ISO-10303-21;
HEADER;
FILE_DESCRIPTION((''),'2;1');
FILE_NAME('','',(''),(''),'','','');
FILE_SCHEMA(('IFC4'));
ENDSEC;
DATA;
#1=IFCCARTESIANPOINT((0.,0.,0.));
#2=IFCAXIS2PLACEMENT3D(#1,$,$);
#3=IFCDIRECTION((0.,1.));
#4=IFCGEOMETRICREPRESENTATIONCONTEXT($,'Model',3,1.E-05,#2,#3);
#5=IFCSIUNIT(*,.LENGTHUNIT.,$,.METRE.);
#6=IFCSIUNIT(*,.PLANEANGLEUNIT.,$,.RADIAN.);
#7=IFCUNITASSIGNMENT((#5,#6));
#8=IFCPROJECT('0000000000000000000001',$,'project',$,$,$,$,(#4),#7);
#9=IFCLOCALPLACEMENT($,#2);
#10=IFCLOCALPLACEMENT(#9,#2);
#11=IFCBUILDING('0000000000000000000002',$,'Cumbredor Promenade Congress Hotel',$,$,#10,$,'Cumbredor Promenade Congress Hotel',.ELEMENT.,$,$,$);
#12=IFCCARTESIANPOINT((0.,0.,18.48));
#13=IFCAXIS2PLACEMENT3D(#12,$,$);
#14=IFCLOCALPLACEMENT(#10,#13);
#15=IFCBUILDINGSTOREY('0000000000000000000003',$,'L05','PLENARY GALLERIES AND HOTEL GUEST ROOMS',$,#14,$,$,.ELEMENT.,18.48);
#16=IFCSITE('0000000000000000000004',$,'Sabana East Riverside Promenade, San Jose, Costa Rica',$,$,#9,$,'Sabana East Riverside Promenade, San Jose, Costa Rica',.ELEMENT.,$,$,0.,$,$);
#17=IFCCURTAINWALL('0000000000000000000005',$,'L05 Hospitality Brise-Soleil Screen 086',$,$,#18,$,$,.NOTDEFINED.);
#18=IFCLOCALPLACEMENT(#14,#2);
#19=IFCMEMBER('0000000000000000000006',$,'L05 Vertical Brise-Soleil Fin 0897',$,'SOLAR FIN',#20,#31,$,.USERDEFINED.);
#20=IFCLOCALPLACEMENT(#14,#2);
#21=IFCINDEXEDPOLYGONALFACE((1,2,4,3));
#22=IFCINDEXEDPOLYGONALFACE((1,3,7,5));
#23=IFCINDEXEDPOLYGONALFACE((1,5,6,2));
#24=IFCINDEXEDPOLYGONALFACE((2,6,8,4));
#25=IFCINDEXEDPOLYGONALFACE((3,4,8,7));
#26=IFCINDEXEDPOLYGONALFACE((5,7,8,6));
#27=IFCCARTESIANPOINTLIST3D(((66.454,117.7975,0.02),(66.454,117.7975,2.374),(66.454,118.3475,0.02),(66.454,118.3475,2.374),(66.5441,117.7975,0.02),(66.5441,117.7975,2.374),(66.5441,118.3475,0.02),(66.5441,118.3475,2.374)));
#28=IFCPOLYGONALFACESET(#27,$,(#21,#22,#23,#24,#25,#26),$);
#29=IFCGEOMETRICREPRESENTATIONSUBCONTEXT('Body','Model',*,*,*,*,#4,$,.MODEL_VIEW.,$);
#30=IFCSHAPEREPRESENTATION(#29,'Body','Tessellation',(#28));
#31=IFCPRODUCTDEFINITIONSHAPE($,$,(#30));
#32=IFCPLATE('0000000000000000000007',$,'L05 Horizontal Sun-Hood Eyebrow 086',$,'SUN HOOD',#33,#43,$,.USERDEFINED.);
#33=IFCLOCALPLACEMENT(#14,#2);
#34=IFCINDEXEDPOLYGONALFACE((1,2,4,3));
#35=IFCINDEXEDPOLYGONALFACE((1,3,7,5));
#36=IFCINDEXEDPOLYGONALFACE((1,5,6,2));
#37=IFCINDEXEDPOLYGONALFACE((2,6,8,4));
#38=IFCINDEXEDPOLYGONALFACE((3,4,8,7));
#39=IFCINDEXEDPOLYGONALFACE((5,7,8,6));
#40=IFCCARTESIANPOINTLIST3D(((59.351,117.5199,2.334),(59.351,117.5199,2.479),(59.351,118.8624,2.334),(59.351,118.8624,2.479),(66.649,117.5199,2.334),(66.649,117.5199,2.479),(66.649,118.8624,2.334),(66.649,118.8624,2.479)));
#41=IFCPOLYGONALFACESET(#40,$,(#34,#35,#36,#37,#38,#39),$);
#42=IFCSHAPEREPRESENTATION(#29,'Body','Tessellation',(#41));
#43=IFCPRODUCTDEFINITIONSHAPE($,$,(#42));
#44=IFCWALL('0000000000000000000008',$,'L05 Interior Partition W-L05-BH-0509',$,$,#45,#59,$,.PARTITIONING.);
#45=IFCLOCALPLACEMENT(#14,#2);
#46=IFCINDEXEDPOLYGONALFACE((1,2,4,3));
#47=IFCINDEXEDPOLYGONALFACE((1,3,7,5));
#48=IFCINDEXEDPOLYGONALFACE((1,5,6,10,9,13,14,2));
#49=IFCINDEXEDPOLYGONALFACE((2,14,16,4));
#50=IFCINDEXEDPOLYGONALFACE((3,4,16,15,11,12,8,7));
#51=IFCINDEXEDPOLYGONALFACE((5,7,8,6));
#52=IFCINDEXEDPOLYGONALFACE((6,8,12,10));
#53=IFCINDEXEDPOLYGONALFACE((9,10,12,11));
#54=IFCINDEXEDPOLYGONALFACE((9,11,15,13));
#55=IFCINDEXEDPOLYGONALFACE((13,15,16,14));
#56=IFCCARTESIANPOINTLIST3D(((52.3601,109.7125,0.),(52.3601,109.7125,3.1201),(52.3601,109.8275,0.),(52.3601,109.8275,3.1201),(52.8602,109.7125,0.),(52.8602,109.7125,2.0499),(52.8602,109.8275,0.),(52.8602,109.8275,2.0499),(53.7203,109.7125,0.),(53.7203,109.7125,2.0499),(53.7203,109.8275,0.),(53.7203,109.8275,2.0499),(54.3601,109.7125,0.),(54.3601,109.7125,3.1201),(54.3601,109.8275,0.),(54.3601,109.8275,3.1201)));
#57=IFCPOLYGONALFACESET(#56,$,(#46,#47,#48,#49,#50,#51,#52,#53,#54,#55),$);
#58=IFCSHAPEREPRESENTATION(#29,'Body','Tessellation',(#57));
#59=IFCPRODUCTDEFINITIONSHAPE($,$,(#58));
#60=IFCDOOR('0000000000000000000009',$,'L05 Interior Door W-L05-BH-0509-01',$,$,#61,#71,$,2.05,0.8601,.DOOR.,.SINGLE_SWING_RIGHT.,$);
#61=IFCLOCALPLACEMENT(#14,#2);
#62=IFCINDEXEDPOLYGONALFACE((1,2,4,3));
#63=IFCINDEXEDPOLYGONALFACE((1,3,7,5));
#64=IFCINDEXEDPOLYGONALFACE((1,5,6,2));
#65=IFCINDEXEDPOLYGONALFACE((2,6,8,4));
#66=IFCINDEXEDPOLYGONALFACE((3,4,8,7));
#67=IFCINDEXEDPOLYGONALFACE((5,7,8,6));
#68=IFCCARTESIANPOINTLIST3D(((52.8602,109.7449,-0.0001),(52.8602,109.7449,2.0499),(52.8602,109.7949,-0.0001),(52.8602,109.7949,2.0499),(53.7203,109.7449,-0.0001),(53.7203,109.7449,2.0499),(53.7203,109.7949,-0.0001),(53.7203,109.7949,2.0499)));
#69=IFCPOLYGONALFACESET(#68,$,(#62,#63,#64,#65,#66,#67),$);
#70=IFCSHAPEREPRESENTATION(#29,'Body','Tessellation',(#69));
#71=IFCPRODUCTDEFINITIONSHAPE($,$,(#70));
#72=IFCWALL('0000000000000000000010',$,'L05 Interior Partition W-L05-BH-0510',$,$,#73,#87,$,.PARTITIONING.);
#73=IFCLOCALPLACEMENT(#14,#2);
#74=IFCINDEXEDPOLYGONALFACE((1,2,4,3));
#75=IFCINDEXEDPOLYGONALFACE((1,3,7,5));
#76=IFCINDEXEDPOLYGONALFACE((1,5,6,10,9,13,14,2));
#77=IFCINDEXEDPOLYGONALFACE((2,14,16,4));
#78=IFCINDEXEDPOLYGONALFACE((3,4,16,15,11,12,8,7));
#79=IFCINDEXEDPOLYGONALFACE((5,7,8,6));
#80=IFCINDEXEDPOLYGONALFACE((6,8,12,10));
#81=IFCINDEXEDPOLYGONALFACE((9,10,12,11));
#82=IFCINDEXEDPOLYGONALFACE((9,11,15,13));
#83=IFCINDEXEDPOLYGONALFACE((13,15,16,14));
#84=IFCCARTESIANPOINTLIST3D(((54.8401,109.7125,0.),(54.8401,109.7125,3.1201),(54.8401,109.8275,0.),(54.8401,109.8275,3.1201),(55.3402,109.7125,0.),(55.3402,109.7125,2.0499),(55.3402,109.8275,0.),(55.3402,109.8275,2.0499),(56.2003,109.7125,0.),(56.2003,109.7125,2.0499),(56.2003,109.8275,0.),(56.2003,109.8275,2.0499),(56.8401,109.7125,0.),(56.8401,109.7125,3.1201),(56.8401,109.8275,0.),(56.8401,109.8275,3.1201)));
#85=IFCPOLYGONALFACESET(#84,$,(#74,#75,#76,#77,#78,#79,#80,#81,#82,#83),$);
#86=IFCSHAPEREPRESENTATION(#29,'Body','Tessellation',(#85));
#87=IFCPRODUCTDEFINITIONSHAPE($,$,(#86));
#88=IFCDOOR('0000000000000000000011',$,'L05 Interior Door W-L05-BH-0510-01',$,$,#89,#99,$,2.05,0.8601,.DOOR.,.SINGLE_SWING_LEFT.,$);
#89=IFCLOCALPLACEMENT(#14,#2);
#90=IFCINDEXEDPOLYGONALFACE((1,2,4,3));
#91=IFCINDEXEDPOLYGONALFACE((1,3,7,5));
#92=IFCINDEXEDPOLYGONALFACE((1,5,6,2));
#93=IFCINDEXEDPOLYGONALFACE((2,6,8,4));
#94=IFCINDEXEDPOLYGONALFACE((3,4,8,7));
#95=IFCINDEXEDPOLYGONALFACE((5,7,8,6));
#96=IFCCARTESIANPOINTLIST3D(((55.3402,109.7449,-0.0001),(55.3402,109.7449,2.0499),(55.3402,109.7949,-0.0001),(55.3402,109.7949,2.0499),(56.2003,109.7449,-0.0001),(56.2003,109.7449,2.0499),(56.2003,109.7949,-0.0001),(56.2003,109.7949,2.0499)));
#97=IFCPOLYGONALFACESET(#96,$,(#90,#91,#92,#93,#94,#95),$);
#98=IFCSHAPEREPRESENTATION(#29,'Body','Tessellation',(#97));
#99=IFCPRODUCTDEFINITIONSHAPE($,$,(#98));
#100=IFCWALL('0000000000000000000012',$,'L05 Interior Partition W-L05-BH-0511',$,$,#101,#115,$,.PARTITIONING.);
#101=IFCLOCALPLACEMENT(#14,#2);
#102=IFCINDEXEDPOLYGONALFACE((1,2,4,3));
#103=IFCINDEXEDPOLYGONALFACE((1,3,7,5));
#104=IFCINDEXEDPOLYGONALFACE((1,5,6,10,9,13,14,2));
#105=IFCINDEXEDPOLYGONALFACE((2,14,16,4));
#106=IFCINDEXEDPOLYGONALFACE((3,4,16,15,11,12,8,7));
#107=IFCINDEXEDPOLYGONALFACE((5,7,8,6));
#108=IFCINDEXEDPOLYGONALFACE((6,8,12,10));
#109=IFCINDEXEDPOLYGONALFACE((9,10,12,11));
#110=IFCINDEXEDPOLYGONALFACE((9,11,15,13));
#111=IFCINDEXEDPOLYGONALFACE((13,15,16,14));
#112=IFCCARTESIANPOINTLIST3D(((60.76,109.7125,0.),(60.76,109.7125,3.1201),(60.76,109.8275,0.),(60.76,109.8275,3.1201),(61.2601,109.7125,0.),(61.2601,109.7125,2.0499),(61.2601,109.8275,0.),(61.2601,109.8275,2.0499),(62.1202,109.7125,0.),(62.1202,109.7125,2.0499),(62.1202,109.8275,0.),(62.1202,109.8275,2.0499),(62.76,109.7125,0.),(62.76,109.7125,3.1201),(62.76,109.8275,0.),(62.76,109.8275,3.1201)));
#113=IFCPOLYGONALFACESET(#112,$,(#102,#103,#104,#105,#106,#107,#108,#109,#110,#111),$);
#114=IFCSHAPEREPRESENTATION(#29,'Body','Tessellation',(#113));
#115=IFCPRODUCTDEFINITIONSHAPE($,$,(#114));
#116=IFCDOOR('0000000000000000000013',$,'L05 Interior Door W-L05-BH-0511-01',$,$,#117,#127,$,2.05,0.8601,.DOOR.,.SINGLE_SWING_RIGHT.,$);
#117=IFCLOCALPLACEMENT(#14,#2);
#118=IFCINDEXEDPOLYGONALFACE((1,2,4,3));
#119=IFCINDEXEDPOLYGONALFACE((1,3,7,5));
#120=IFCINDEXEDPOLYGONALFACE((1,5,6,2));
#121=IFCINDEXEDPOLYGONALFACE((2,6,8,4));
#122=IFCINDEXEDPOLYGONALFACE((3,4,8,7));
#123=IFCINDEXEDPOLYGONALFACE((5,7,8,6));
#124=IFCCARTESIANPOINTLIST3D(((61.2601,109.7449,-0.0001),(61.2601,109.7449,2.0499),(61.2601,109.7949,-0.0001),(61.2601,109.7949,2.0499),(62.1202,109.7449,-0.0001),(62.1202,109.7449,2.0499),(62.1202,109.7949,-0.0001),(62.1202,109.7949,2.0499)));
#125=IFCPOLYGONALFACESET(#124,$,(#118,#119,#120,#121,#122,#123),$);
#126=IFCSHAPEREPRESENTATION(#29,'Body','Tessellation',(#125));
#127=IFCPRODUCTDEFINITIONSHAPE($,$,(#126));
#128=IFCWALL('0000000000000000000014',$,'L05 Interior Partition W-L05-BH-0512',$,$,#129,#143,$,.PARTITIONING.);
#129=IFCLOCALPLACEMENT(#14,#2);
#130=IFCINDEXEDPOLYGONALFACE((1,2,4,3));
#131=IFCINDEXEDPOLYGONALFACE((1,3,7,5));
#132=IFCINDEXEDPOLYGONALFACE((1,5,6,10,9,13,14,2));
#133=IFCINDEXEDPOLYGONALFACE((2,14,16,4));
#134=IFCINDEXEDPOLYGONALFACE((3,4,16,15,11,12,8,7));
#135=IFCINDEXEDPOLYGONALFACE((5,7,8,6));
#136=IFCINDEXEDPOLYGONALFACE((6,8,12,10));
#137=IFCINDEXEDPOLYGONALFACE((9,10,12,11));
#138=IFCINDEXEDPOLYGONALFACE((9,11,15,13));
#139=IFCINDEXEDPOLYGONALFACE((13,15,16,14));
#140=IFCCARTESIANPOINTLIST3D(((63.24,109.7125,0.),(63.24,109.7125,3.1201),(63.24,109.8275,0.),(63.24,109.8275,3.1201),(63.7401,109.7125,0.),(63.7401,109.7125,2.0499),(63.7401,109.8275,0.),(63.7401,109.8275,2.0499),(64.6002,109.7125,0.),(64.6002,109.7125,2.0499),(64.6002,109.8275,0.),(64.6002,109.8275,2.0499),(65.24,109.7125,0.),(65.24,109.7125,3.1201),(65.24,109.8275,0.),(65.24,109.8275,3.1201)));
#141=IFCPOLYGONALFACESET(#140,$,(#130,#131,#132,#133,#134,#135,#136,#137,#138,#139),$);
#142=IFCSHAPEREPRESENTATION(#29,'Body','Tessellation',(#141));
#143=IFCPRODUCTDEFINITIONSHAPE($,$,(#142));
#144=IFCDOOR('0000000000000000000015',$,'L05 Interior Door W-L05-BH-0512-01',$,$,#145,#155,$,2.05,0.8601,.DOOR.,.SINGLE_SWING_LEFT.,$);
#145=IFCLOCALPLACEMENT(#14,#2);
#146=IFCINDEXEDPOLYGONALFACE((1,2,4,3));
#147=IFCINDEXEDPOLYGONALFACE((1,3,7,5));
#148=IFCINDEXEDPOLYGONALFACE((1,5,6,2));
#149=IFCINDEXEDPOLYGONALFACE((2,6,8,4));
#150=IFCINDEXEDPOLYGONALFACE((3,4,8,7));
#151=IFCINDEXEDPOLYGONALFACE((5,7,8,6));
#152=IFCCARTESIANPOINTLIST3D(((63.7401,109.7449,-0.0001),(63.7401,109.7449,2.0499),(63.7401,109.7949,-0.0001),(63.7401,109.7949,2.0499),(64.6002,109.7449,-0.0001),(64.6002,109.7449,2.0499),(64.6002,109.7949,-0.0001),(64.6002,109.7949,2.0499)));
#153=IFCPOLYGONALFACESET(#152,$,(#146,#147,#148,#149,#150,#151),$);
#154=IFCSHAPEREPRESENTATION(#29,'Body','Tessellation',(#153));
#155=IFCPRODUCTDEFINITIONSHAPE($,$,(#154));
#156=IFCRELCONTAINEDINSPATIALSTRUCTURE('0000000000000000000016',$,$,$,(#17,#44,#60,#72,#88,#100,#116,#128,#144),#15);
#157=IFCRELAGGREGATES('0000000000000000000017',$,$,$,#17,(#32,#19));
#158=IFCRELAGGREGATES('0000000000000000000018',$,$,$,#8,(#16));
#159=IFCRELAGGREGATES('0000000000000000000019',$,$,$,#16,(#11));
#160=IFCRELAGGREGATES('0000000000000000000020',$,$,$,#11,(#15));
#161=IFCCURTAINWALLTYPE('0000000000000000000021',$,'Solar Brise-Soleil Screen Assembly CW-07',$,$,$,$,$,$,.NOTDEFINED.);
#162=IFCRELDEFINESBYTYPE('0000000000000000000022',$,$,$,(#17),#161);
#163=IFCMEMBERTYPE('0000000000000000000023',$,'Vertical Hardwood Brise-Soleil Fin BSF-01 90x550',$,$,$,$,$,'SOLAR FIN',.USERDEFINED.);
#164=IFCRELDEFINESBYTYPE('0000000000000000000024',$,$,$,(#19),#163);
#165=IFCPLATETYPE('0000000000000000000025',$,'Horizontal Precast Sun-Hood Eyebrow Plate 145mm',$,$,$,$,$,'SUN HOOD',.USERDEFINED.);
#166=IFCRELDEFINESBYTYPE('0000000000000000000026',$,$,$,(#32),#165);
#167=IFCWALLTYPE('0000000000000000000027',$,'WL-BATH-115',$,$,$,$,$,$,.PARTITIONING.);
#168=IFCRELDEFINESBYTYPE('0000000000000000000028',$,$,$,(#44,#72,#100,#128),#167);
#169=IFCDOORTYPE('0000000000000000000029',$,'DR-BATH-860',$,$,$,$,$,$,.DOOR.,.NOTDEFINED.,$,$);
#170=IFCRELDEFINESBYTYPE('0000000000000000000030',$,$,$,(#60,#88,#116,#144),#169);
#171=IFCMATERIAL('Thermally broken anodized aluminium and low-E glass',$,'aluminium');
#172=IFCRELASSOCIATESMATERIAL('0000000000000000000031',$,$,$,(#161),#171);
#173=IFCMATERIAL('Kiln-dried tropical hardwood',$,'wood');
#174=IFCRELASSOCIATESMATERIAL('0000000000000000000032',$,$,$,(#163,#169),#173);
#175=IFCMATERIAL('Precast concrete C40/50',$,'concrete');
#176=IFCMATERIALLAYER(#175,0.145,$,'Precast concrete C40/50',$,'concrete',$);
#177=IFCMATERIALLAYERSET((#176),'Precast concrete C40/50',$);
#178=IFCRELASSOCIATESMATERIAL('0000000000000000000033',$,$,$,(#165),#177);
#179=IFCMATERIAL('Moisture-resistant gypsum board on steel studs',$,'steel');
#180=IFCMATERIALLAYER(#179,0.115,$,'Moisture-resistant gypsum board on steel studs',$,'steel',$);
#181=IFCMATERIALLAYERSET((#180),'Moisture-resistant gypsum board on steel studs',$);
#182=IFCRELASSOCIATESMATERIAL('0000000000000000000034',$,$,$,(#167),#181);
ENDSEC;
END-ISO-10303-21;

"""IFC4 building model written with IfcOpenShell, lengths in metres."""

from ifc_helpers import new_model, si_unit, direction, frame, frame_2d, origin, origin_2d, place, context, subcontext, project, spatial, rectangle, extrude, material, layer, layer_set, material_profile, profile_set, type_object, element, fill, aggregate, save


model = new_model("IFC4")

# Units and contexts
model_context = context("Model", 3, precision=1e-05, world=origin(), true_north=direction((0.0, 1.0)))
body_context = subcontext(model_context, "Body", "Model", "MODEL_VIEW")
ifc_project = project(units=[si_unit("LENGTHUNIT", "METRE"), si_unit("PLANEANGLEUNIT", "RADIAN")], contexts=[model_context])

# Site, building, storey
site_placement = place(None, origin())
site = spatial("IfcSite", under=ifc_project, at=site_placement, Name="Sabana East Riverside Promenade, San Jose, Costa Rica", LongName="Sabana East Riverside Promenade, San Jose, Costa Rica", CompositionType="ELEMENT", RefElevation=0.0)
building_placement = place(site_placement, origin())
building = spatial("IfcBuilding", under=site, at=building_placement, Name="Cumbredor Promenade Congress Hotel", LongName="Cumbredor Promenade Congress Hotel", CompositionType="ELEMENT")
storey_placement = place(building_placement, frame((0.0, 0.0, 18.48)))
storey = spatial("IfcBuildingStorey", under=building, at=storey_placement, Name="L05", Description="PLENARY GALLERIES AND HOTEL GUEST ROOMS", CompositionType="ELEMENT", Elevation=18.48)

# Curtain wall
ifc_material_1 = material(Name="Thermally broken anodized aluminium and low-E glass", Category="aluminium")
curtain_wall_type = type_object("IfcCurtainWallType", Name="Solar Brise-Soleil Screen Assembly CW-07", PredefinedType="NOTDEFINED", material=ifc_material_1)
curtain_wall_1_placement = place(storey_placement, origin())
curtain_wall_1 = element("IfcCurtainWall", 1, at=curtain_wall_1_placement, inside=storey, type_object=curtain_wall_type, Name="L05 Hospitality Brise-Soleil Screen 086", PredefinedType="NOTDEFINED")

# Member
ifc_material_2 = material(Name="Kiln-dried tropical hardwood", Category="wood")
ifc_material_profile_1 = material_profile(ifc_material_2, rectangle(XDim=0.0901, YDim=0.55, at=origin_2d()), Name="ARCH FIN 90x550")
ifc_profile_set_1 = profile_set([ifc_material_profile_1], Name="Kiln-dried tropical hardwood")
member_type_1 = type_object("IfcMemberType", Name="Vertical Hardwood Brise-Soleil Fin BSF-01 90x550", ElementType="SOLAR FIN", PredefinedType="USERDEFINED", material=ifc_profile_set_1)
member_1_placement = place(storey_placement, frame((66.499, 118.0725, 0.02), z_axis=(0.0, 0.0, 1.0), x_axis=(1.0, 0.0, 0.0)))
member_1 = element("IfcMember", 2, at=member_1_placement, type_object=member_type_1, Name="L05 Vertical Brise-Soleil Fin 0897", ObjectType="SOLAR FIN", PredefinedType="USERDEFINED", context=body_context, shape_type="SweptSolid", body=[
    extrude(rectangle(XDim=0.0901, YDim=0.55, at=origin_2d()), origin(), (0.0, 0.0, 1.0), 2.354),
])

# Plate
ifc_material_3 = material(Name="Precast concrete C40/50", Category="concrete")
ifc_layer_1 = layer(ifc_material_3, 0.145, Name="Precast concrete C40/50", Category="concrete")
ifc_layer_set_1 = layer_set([ifc_layer_1], Name="Precast concrete C40/50")
plate_type = type_object("IfcPlateType", Name="Horizontal Precast Sun-Hood Eyebrow Plate 145mm", ElementType="SUN HOOD", PredefinedType="USERDEFINED", material=ifc_layer_set_1)
plate_placement = place(storey_placement, frame((63.0, 118.1912, 2.334), z_axis=(0.0, 0.0, 1.0), x_axis=(1.0, 0.0, 0.0)))
plate = element("IfcPlate", 3, at=plate_placement, type_object=plate_type, Name="L05 Horizontal Sun-Hood Eyebrow 086", ObjectType="SUN HOOD", PredefinedType="USERDEFINED", context=body_context, shape_type="SweptSolid", body=[
    extrude(rectangle(XDim=7.2981, YDim=1.3425, at=origin_2d()), origin(), (0.0, 0.0, 1.0), 0.145),
])
aggregate(curtain_wall_1, [plate, member_1])

# Walls, openings, doors
ifc_material_4 = material(Name="Moisture-resistant gypsum board on steel studs", Category="steel")
ifc_layer_2 = layer(ifc_material_4, 0.115, Name="Moisture-resistant gypsum board on steel studs", Category="steel")
ifc_layer_set_2 = layer_set([ifc_layer_2], Name="Moisture-resistant gypsum board on steel studs")
wall_type_1 = type_object("IfcWallType", Name="WL-BATH-115", PredefinedType="PARTITIONING", material=ifc_layer_set_2)
wall_1_placement = place(storey_placement, frame((52.3601, 109.77, 0.0), z_axis=(0.0, 0.0, 1.0), x_axis=(1.0, 0.0, 0.0)))
wall_1 = element("IfcWall", 4, at=wall_1_placement, inside=storey, type_object=wall_type_1, Name="L05 Interior Partition W-L05-BH-0509", PredefinedType="PARTITIONING", context=body_context, shape_type="SweptSolid", body=[
    extrude(rectangle(XDim=2.0, YDim=0.115, at=frame_2d((1.0, 0.0))), origin(), (0.0, 0.0, 1.0), 3.1201),
])
opening_1_placement = place(wall_1_placement, frame((0.5, 0.0, 0.0)))
opening_1 = element("IfcOpeningElement", 5, at=opening_1_placement, cuts=wall_1, PredefinedType="OPENING", context=body_context, shape_type="SweptSolid", body=[
    extrude(rectangle(XDim=0.8601, YDim=2.05, at=frame_2d((0.4302, 1.0249))), frame((0.0, 0.0674, 0.0), z_axis=(0.0, -1.0, 0.0), x_axis=(1.0, 0.0, 0.0)), (0.0, 0.0, 1.0), 0.135),
])
door_type = type_object("IfcDoorType", Name="DR-BATH-860", OperationType="NOTDEFINED", PredefinedType="DOOR", material=ifc_material_2)
door_1_placement = place(opening_1_placement, origin())
door_1 = element("IfcDoor", 6, at=door_1_placement, inside=storey, type_object=door_type, Name="L05 Interior Door W-L05-BH-0509-01", OperationType="SINGLE_SWING_RIGHT", OverallHeight=2.05, OverallWidth=0.8601, PredefinedType="DOOR", context=body_context, shape_type="SweptSolid", body=[
    extrude(rectangle(XDim=0.8601, YDim=2.05, at=frame_2d((0.4302, 1.0249))), frame((0.0, 0.0249, 0.0), z_axis=(0.0, -1.0, 0.0), x_axis=(1.0, 0.0, 0.0)), (0.0, 0.0, 1.0), 0.05),
])
fill(opening_1, door_1)
wall_2_placement = place(storey_placement, frame((54.8401, 109.77, 0.0), z_axis=(0.0, 0.0, 1.0), x_axis=(1.0, 0.0, 0.0)))
wall_2 = element("IfcWall", 7, at=wall_2_placement, inside=storey, type_object=wall_type_1, Name="L05 Interior Partition W-L05-BH-0510", PredefinedType="PARTITIONING", context=body_context, shape_type="SweptSolid", body=[
    extrude(rectangle(XDim=2.0, YDim=0.115, at=frame_2d((1.0, 0.0))), origin(), (0.0, 0.0, 1.0), 3.1201),
])
opening_2_placement = place(wall_2_placement, frame((0.5, 0.0, 0.0)))
opening_2 = element("IfcOpeningElement", 8, at=opening_2_placement, cuts=wall_2, PredefinedType="OPENING", context=body_context, shape_type="SweptSolid", body=[
    extrude(rectangle(XDim=0.8601, YDim=2.05, at=frame_2d((0.4302, 1.0249))), frame((0.0, 0.0674, 0.0), z_axis=(0.0, -1.0, 0.0), x_axis=(1.0, 0.0, 0.0)), (0.0, 0.0, 1.0), 0.135),
])
door_2_placement = place(opening_2_placement, origin())
door_2 = element("IfcDoor", 9, at=door_2_placement, inside=storey, type_object=door_type, Name="L05 Interior Door W-L05-BH-0510-01", OperationType="SINGLE_SWING_LEFT", OverallHeight=2.05, OverallWidth=0.8601, PredefinedType="DOOR", context=body_context, shape_type="SweptSolid", body=[
    extrude(rectangle(XDim=0.8601, YDim=2.05, at=frame_2d((0.4302, 1.0249))), frame((0.0, 0.0249, 0.0), z_axis=(0.0, -1.0, 0.0), x_axis=(1.0, 0.0, 0.0)), (0.0, 0.0, 1.0), 0.05),
])
fill(opening_2, door_2)
wall_3_placement = place(storey_placement, frame((60.76, 109.77, 0.0), z_axis=(0.0, 0.0, 1.0), x_axis=(1.0, 0.0, 0.0)))
wall_3 = element("IfcWall", 10, at=wall_3_placement, inside=storey, type_object=wall_type_1, Name="L05 Interior Partition W-L05-BH-0511", PredefinedType="PARTITIONING", context=body_context, shape_type="SweptSolid", body=[
    extrude(rectangle(XDim=2.0, YDim=0.115, at=frame_2d((1.0, 0.0))), origin(), (0.0, 0.0, 1.0), 3.1201),
])
opening_3_placement = place(wall_3_placement, frame((0.5, 0.0, 0.0)))
opening_3 = element("IfcOpeningElement", 11, at=opening_3_placement, cuts=wall_3, PredefinedType="OPENING", context=body_context, shape_type="SweptSolid", body=[
    extrude(rectangle(XDim=0.8601, YDim=2.05, at=frame_2d((0.4302, 1.0249))), frame((0.0, 0.0674, 0.0), z_axis=(0.0, -1.0, 0.0), x_axis=(1.0, 0.0, 0.0)), (0.0, 0.0, 1.0), 0.135),
])
door_3_placement = place(opening_3_placement, origin())
door_3 = element("IfcDoor", 12, at=door_3_placement, inside=storey, type_object=door_type, Name="L05 Interior Door W-L05-BH-0511-01", OperationType="SINGLE_SWING_RIGHT", OverallHeight=2.05, OverallWidth=0.8601, PredefinedType="DOOR", context=body_context, shape_type="SweptSolid", body=[
    extrude(rectangle(XDim=0.8601, YDim=2.05, at=frame_2d((0.4302, 1.0249))), frame((0.0, 0.0249, 0.0), z_axis=(0.0, -1.0, 0.0), x_axis=(1.0, 0.0, 0.0)), (0.0, 0.0, 1.0), 0.05),
])
fill(opening_3, door_3)
wall_4_placement = place(storey_placement, frame((63.24, 109.77, 0.0), z_axis=(0.0, 0.0, 1.0), x_axis=(1.0, 0.0, 0.0)))
wall_4 = element("IfcWall", 13, at=wall_4_placement, inside=storey, type_object=wall_type_1, Name="L05 Interior Partition W-L05-BH-0512", PredefinedType="PARTITIONING", context=body_context, shape_type="SweptSolid", body=[
    extrude(rectangle(XDim=2.0, YDim=0.115, at=frame_2d((1.0, 0.0))), origin(), (0.0, 0.0, 1.0), 3.1201),
])
opening_4_placement = place(wall_4_placement, frame((0.5, 0.0, 0.0)))
opening_4 = element("IfcOpeningElement", 14, at=opening_4_placement, cuts=wall_4, PredefinedType="OPENING", context=body_context, shape_type="SweptSolid", body=[
    extrude(rectangle(XDim=0.8601, YDim=2.05, at=frame_2d((0.4302, 1.0249))), frame((0.0, 0.0674, 0.0), z_axis=(0.0, -1.0, 0.0), x_axis=(1.0, 0.0, 0.0)), (0.0, 0.0, 1.0), 0.135),
])
door_4_placement = place(opening_4_placement, origin())
door_4 = element("IfcDoor", 15, at=door_4_placement, inside=storey, type_object=door_type, Name="L05 Interior Door W-L05-BH-0512-01", OperationType="SINGLE_SWING_LEFT", OverallHeight=2.05, OverallWidth=0.8601, PredefinedType="DOOR", context=body_context, shape_type="SweptSolid", body=[
    extrude(rectangle(XDim=0.8601, YDim=2.05, at=frame_2d((0.4302, 1.0249))), frame((0.0, 0.0249, 0.0), z_axis=(0.0, -1.0, 0.0), x_axis=(1.0, 0.0, 0.0)), (0.0, 0.0, 1.0), 0.05),
])
fill(opening_4, door_4)

save(model, "model.ifc")
